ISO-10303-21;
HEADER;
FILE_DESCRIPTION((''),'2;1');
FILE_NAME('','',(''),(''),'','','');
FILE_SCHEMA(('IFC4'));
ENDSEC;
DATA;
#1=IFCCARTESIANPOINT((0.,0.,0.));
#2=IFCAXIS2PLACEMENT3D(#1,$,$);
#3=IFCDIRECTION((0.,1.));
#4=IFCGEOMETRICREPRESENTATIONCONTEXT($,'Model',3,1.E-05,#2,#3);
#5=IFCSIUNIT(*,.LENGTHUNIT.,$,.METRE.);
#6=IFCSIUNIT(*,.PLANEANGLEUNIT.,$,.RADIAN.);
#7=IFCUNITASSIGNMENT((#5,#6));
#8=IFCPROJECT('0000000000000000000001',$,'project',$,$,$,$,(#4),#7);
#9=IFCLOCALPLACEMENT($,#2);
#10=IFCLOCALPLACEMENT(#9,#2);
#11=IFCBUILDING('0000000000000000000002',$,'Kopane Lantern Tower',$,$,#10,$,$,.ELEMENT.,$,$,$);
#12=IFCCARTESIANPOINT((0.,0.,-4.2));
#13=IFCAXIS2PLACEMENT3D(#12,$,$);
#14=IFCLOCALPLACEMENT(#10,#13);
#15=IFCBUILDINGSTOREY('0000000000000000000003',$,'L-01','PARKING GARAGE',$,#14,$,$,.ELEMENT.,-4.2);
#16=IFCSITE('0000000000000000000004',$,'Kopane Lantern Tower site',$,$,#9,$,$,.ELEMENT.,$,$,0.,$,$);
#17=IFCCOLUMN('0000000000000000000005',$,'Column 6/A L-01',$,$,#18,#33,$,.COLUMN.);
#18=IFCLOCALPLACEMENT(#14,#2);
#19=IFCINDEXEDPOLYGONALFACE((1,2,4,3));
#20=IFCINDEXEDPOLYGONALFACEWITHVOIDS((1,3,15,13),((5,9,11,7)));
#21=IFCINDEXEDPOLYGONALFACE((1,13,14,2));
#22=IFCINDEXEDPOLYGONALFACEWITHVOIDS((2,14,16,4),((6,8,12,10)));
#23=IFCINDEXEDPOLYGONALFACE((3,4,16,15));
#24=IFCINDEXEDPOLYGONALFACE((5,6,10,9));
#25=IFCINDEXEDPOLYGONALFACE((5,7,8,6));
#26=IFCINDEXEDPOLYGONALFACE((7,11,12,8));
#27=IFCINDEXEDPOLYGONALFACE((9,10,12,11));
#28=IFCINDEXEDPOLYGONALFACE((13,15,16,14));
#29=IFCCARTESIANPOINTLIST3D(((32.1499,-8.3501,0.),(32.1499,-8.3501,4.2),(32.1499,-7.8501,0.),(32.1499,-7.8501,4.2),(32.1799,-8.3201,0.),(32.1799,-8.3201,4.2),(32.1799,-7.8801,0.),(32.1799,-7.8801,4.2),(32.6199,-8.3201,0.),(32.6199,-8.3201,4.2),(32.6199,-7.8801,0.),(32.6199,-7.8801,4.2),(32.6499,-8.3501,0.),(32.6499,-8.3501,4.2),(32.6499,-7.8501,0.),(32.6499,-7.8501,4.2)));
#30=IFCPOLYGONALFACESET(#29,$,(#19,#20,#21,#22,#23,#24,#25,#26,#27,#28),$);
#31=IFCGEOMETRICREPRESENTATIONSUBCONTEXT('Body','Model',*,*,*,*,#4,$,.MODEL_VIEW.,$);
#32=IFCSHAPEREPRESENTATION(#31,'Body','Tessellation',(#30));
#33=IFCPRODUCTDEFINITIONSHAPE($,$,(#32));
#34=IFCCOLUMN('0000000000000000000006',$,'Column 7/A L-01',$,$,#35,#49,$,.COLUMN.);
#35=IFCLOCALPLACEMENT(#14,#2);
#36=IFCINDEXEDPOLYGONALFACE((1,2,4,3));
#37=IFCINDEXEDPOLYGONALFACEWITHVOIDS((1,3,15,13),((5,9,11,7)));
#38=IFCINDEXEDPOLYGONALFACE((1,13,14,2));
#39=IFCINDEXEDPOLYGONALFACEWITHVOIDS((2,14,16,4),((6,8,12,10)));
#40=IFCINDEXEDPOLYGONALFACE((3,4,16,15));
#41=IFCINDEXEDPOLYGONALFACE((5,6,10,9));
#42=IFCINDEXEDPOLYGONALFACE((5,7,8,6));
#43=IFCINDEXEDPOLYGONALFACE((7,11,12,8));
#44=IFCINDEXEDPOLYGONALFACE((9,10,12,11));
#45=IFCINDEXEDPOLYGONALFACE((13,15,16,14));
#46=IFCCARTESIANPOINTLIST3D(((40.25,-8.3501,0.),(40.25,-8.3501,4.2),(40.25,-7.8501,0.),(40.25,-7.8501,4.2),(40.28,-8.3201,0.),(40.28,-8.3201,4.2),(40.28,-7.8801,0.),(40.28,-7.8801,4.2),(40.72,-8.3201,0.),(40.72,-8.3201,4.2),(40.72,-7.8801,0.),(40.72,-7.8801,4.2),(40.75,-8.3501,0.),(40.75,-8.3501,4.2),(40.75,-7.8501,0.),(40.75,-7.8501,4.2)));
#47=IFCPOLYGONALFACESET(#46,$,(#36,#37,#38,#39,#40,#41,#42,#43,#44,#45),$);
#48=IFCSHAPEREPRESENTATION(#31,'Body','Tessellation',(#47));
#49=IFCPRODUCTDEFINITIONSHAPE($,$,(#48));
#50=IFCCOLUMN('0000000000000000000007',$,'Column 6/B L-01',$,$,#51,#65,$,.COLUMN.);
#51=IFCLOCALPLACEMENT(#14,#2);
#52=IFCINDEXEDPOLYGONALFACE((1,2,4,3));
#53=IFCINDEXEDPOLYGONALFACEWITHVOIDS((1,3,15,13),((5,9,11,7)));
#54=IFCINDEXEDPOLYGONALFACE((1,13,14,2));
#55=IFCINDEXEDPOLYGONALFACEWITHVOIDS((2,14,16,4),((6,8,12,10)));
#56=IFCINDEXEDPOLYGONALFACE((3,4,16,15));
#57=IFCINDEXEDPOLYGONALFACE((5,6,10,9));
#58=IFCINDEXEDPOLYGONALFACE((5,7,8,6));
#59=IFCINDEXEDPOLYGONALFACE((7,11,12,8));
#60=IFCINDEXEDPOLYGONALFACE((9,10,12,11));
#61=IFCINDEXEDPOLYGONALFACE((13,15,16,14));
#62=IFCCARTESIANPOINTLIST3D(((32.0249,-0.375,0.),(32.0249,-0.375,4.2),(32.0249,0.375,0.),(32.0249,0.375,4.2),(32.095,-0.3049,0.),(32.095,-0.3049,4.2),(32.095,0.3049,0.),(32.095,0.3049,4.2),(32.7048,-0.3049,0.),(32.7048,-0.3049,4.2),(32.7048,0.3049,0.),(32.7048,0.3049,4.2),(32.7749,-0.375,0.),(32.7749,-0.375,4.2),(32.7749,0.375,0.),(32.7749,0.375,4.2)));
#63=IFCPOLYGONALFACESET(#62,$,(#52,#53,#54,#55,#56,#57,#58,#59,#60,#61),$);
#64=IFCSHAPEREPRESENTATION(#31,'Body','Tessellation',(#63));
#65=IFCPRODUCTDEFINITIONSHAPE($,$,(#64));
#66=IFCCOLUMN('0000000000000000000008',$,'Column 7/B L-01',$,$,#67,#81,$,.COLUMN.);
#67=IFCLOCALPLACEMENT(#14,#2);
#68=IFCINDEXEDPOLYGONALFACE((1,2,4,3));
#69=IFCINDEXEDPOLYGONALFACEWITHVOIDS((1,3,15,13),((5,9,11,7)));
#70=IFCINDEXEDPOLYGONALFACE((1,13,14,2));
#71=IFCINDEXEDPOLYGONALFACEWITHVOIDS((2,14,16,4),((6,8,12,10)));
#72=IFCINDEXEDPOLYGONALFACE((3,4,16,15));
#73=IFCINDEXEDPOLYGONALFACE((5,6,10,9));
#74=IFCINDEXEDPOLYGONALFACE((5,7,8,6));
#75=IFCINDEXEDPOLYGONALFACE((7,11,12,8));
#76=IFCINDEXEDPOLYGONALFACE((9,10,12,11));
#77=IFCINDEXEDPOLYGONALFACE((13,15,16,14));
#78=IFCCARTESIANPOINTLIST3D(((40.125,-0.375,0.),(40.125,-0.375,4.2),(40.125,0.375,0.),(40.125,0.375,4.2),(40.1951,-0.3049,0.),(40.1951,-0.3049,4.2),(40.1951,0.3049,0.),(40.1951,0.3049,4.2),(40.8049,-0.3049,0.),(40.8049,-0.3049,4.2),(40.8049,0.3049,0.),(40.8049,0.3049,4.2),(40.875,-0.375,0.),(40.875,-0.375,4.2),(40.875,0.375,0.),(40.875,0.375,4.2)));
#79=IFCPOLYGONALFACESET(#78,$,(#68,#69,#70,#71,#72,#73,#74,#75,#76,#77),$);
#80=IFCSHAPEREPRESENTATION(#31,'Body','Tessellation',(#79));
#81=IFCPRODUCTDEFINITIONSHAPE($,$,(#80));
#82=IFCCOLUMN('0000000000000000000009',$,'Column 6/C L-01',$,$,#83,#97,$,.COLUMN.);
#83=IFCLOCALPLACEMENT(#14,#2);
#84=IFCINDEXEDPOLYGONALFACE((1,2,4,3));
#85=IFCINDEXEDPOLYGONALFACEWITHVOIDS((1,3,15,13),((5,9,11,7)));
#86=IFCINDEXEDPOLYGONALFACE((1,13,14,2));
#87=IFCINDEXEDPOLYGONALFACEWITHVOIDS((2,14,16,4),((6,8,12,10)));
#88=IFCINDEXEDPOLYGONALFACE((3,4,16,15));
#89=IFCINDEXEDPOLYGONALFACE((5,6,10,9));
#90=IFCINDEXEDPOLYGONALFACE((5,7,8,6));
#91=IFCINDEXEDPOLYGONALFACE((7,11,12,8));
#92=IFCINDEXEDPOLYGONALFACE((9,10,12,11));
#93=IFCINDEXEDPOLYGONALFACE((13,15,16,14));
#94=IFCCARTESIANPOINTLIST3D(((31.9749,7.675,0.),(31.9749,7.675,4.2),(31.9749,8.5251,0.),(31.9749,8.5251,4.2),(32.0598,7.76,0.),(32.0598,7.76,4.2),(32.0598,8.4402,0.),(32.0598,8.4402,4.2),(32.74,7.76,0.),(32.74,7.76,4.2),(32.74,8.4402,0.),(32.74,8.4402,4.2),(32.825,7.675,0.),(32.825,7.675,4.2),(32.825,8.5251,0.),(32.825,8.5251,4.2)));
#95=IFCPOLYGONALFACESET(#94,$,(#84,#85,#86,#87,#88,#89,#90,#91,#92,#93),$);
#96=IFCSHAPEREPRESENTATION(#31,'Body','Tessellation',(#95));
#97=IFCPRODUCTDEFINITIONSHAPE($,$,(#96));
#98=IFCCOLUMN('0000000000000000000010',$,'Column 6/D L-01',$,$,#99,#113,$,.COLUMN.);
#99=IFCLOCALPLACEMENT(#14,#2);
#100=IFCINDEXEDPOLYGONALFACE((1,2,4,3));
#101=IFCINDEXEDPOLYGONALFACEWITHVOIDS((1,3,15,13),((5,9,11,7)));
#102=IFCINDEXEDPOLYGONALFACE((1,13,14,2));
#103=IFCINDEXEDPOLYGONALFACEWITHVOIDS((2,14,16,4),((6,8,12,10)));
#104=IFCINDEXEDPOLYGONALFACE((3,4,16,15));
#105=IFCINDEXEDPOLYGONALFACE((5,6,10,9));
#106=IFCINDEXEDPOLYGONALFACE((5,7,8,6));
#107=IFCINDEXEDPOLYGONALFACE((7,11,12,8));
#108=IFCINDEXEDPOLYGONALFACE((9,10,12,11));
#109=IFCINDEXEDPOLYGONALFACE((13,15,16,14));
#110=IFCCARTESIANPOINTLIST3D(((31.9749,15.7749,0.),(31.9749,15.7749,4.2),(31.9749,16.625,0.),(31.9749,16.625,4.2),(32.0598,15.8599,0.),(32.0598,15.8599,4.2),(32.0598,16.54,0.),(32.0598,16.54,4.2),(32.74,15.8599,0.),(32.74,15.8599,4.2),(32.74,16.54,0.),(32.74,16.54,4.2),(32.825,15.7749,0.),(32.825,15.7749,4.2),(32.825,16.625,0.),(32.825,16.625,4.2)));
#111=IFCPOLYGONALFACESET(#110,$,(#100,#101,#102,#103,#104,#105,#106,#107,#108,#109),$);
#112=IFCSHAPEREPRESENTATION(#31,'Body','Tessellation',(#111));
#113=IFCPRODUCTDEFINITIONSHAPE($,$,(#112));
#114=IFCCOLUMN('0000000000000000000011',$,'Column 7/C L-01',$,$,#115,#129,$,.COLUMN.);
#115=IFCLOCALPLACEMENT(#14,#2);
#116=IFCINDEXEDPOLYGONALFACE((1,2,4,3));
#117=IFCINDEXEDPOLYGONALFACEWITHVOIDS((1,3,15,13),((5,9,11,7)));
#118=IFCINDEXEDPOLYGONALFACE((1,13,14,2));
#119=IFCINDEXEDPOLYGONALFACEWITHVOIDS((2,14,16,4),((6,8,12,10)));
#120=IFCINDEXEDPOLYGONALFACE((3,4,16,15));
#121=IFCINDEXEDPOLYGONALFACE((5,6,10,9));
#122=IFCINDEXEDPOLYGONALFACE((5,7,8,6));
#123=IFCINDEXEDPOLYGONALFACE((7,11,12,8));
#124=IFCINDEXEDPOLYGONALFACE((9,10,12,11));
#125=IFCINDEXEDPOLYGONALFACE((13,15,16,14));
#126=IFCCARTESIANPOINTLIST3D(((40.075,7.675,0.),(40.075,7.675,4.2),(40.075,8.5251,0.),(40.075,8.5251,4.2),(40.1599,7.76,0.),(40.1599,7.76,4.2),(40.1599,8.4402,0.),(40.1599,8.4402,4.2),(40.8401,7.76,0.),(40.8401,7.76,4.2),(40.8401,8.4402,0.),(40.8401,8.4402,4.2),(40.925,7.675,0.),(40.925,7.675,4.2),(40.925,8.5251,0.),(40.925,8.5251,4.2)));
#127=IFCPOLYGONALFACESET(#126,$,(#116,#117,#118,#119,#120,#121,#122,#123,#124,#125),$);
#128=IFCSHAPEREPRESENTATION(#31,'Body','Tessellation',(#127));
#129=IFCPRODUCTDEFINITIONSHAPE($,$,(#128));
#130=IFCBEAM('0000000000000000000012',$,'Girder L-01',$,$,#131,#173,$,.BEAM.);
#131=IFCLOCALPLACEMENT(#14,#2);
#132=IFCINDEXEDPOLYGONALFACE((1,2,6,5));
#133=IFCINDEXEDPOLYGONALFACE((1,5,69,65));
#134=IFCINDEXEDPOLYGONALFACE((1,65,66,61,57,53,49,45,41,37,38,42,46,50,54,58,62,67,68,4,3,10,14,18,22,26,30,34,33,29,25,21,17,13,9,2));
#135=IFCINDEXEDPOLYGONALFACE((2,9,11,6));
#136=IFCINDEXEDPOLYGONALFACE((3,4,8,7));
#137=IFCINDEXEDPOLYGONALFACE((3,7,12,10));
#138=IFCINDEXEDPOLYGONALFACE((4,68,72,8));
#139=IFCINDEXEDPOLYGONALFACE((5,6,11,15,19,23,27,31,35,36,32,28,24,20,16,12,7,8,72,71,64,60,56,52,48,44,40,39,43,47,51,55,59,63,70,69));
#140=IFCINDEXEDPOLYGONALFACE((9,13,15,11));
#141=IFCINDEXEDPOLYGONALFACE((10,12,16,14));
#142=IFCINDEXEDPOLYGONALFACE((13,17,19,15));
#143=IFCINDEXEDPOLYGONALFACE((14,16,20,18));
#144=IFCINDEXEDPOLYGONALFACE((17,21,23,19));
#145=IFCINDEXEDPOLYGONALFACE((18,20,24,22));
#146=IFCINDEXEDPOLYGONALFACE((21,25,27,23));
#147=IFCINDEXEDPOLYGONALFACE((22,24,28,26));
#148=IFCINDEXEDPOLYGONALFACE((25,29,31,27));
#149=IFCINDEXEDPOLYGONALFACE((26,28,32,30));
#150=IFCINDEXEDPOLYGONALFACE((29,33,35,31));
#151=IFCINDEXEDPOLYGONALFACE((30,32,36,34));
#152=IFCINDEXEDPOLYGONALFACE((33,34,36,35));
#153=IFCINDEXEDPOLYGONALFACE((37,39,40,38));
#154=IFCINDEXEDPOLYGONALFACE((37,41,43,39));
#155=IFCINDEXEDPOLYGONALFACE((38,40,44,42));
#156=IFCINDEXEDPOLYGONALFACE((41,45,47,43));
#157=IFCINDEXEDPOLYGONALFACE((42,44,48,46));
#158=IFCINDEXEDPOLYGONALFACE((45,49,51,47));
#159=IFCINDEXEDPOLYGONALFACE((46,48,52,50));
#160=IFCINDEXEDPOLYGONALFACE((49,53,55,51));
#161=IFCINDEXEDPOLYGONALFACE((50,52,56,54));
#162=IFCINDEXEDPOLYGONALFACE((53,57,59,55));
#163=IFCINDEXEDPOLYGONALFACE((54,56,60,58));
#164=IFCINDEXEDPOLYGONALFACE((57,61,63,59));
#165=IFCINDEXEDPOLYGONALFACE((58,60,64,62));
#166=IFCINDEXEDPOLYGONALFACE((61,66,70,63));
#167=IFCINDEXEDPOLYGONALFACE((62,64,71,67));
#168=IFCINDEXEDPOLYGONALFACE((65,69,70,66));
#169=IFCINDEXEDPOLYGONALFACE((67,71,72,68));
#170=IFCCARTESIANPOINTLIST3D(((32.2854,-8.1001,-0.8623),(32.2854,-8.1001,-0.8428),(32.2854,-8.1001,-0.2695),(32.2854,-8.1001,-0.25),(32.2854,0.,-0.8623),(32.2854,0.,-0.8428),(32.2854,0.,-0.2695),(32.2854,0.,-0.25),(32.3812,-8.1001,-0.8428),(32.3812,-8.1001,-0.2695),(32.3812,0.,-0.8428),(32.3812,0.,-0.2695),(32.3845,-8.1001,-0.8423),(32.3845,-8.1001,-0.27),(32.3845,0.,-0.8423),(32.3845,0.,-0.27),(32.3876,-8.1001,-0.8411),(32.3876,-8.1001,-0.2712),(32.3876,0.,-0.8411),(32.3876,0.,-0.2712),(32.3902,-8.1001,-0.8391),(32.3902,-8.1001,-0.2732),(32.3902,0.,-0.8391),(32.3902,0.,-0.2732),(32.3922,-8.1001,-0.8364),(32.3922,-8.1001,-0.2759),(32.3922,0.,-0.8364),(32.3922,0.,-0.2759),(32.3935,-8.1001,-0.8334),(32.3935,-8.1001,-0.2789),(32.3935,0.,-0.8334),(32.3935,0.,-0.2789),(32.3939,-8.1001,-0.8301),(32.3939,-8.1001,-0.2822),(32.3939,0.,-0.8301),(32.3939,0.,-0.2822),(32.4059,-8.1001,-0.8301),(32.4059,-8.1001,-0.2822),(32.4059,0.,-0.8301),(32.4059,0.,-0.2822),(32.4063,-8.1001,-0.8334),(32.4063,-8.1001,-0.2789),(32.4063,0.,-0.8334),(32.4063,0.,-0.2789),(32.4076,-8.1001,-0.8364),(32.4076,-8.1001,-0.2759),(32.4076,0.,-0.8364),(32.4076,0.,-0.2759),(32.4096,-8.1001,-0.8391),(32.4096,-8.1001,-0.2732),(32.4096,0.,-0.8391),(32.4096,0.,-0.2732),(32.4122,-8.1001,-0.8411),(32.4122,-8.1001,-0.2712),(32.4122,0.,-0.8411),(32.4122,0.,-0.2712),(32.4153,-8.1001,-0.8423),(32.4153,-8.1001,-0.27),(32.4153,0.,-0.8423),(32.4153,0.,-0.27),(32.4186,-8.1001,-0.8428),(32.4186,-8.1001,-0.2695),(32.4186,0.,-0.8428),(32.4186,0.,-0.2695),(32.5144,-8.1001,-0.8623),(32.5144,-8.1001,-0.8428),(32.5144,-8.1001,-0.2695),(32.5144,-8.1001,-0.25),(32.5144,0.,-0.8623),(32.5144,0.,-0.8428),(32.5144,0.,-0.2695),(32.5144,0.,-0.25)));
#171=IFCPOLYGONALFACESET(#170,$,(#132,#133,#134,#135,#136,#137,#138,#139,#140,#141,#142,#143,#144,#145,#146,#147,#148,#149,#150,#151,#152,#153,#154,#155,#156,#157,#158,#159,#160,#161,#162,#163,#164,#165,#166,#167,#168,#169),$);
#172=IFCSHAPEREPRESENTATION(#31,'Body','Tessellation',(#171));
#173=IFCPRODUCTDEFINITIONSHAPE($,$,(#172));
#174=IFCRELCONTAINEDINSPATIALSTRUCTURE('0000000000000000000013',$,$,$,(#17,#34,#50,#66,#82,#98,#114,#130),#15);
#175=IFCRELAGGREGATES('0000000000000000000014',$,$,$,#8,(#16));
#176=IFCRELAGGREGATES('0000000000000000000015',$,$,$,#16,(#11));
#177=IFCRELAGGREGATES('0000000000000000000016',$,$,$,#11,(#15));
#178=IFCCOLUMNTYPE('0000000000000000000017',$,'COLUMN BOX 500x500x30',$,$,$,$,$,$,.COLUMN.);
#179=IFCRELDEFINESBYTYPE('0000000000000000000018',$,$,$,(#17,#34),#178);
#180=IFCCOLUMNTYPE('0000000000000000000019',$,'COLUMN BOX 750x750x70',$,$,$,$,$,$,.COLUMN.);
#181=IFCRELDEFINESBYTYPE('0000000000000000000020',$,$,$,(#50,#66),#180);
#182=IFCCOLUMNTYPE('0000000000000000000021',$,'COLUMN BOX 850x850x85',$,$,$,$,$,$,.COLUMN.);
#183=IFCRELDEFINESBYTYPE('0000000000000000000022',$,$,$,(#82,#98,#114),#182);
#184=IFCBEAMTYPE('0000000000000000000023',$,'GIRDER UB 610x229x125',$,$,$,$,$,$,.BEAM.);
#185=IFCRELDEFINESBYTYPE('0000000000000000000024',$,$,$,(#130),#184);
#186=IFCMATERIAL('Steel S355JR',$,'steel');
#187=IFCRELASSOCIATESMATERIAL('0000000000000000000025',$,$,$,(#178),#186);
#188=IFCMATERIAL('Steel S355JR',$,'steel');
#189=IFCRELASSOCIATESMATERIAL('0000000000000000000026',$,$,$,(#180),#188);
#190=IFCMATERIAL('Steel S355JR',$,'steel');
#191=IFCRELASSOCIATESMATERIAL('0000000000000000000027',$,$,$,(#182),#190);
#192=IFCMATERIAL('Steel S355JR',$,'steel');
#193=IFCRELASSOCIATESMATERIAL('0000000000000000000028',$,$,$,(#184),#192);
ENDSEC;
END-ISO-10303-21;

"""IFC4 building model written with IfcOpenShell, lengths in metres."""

from ifc_helpers import new_model, si_unit, direction, frame, origin, origin_2d, place, context, subcontext, project, spatial, hollow_rectangle, i_section, extrude, material, material_profile, profile_set, type_object, element, save


model = new_model("IFC4")

# Units and contexts
model_context = context("Model", 3, precision=1e-05, world=origin(), true_north=direction((0.0, 1.0)))
body_context = subcontext(model_context, "Body", "Model", "MODEL_VIEW")
ifc_project = project(units=[si_unit("LENGTHUNIT", "METRE"), si_unit("PLANEANGLEUNIT", "RADIAN")], contexts=[model_context])

# Site, building, storey
site_placement = place(None, origin())
site = spatial("IfcSite", under=ifc_project, at=site_placement, Name="Kopane Lantern Tower site", CompositionType="ELEMENT", RefElevation=0.0)
building_placement = place(site_placement, origin())
building = spatial("IfcBuilding", under=site, at=building_placement, Name="Kopane Lantern Tower", CompositionType="ELEMENT")
storey_placement = place(building_placement, frame((0.0, 0.0, -4.2)))
storey = spatial("IfcBuildingStorey", under=building, at=storey_placement, Name="L-01", Description="PARKING GARAGE", CompositionType="ELEMENT", Elevation=-4.2)

# Columns
ifc_material_1 = material(Name="Steel S355JR", Category="steel")
ifc_material_profile_1 = material_profile(ifc_material_1, hollow_rectangle(XDim=0.5, YDim=0.5, WallThickness=0.03, at=origin_2d()), Name="BOX 500x500x30")
ifc_profile_set_1 = profile_set([ifc_material_profile_1], Name="Steel S355JR")
column_type_1 = type_object("IfcColumnType", Name="COLUMN BOX 500x500x30", PredefinedType="COLUMN", material=ifc_profile_set_1)
for number, where, z_axis, x_axis, name in (
    (1, (32.3999, -8.1001, 0.0), (0.0, 0.0, 1.0), (1.0, 0.0, 0.0), "Column 6/A L-01"),
    (2, (40.5, -8.1001, 0.0), (0.0, 0.0, 1.0), (1.0, 0.0, 0.0), "Column 7/A L-01"),
):
    element("IfcColumn", number, at=place(storey_placement, frame(where, z_axis=z_axis, x_axis=x_axis)), inside=storey, type_object=column_type_1, Name=name, PredefinedType="COLUMN", context=body_context, shape_type="SweptSolid", body=[
        extrude(hollow_rectangle(XDim=0.5, YDim=0.5, WallThickness=0.03, at=origin_2d()), origin(), (0.0, 0.0, 1.0), 4.2),
    ])
ifc_material_2 = material(Name="Steel S355JR", Category="steel")
ifc_material_profile_2 = material_profile(ifc_material_2, hollow_rectangle(XDim=0.75, YDim=0.75, WallThickness=0.0701, at=origin_2d()), Name="BOX 750x750x70")
ifc_profile_set_2 = profile_set([ifc_material_profile_2], Name="Steel S355JR")
column_type_2 = type_object("IfcColumnType", Name="COLUMN BOX 750x750x70", PredefinedType="COLUMN", material=ifc_profile_set_2)
for number, where, z_axis, x_axis, name in (
    (3, (32.3999, 0.0, 0.0), (0.0, 0.0, 1.0), (1.0, 0.0, 0.0), "Column 6/B L-01"),
    (4, (40.5, 0.0, 0.0), (0.0, 0.0, 1.0), (1.0, 0.0, 0.0), "Column 7/B L-01"),
):
    element("IfcColumn", number, at=place(storey_placement, frame(where, z_axis=z_axis, x_axis=x_axis)), inside=storey, type_object=column_type_2, Name=name, PredefinedType="COLUMN", context=body_context, shape_type="SweptSolid", body=[
        extrude(hollow_rectangle(XDim=0.75, YDim=0.75, WallThickness=0.0701, at=origin_2d()), origin(), (0.0, 0.0, 1.0), 4.2),
    ])
ifc_material_3 = material(Name="Steel S355JR", Category="steel")
ifc_material_profile_3 = material_profile(ifc_material_3, hollow_rectangle(XDim=0.8501, YDim=0.8501, WallThickness=0.085, at=origin_2d()), Name="BOX 850x850x85")
ifc_profile_set_3 = profile_set([ifc_material_profile_3], Name="Steel S355JR")
column_type_3 = type_object("IfcColumnType", Name="COLUMN BOX 850x850x85", PredefinedType="COLUMN", material=ifc_profile_set_3)
for number, where, z_axis, x_axis, name in (
    (5, (32.3999, 8.1001, 0.0), (0.0, 0.0, 1.0), (1.0, 0.0, 0.0), "Column 6/C L-01"),
    (6, (32.3999, 16.2, 0.0), (0.0, 0.0, 1.0), (1.0, 0.0, 0.0), "Column 6/D L-01"),
    (7, (40.5, 8.1001, 0.0), (0.0, 0.0, 1.0), (1.0, 0.0, 0.0), "Column 7/C L-01"),
):
    element("IfcColumn", number, at=place(storey_placement, frame(where, z_axis=z_axis, x_axis=x_axis)), inside=storey, type_object=column_type_3, Name=name, PredefinedType="COLUMN", context=body_context, shape_type="SweptSolid", body=[
        extrude(hollow_rectangle(XDim=0.8501, YDim=0.8501, WallThickness=0.085, at=origin_2d()), origin(), (0.0, 0.0, 1.0), 4.2),
    ])

# Beam
ifc_material_4 = material(Name="Steel S355JR", Category="steel")
ifc_material_profile_4 = material_profile(ifc_material_4, i_section(OverallWidth=0.229, OverallDepth=0.6123, WebThickness=0.012, FlangeThickness=0.0195, FilletRadius=0.0127, at=origin_2d()), Name="UB 610x229x125")
ifc_profile_set_4 = profile_set([ifc_material_profile_4], Name="Steel S355JR")
beam_type = type_object("IfcBeamType", Name="GIRDER UB 610x229x125", PredefinedType="BEAM", material=ifc_profile_set_4)
for number, where, z_axis, x_axis, name in (
    (8, (32.3999, -8.1001, -0.5562), (0.0, 1.0, 0.0), (-1.0, 0.0, 0.0), "Girder L-01"),
):
    element("IfcBeam", number, at=place(storey_placement, frame(where, z_axis=z_axis, x_axis=x_axis)), inside=storey, type_object=beam_type, Name=name, PredefinedType="BEAM", context=body_context, shape_type="SweptSolid", body=[
        extrude(i_section(OverallWidth=0.229, OverallDepth=0.6123, WebThickness=0.012, FlangeThickness=0.0195, FilletRadius=0.0127, at=origin_2d()), origin(), (0.0, 0.0, 1.0), 8.1001),
    ])

save(model, "model.ifc")
